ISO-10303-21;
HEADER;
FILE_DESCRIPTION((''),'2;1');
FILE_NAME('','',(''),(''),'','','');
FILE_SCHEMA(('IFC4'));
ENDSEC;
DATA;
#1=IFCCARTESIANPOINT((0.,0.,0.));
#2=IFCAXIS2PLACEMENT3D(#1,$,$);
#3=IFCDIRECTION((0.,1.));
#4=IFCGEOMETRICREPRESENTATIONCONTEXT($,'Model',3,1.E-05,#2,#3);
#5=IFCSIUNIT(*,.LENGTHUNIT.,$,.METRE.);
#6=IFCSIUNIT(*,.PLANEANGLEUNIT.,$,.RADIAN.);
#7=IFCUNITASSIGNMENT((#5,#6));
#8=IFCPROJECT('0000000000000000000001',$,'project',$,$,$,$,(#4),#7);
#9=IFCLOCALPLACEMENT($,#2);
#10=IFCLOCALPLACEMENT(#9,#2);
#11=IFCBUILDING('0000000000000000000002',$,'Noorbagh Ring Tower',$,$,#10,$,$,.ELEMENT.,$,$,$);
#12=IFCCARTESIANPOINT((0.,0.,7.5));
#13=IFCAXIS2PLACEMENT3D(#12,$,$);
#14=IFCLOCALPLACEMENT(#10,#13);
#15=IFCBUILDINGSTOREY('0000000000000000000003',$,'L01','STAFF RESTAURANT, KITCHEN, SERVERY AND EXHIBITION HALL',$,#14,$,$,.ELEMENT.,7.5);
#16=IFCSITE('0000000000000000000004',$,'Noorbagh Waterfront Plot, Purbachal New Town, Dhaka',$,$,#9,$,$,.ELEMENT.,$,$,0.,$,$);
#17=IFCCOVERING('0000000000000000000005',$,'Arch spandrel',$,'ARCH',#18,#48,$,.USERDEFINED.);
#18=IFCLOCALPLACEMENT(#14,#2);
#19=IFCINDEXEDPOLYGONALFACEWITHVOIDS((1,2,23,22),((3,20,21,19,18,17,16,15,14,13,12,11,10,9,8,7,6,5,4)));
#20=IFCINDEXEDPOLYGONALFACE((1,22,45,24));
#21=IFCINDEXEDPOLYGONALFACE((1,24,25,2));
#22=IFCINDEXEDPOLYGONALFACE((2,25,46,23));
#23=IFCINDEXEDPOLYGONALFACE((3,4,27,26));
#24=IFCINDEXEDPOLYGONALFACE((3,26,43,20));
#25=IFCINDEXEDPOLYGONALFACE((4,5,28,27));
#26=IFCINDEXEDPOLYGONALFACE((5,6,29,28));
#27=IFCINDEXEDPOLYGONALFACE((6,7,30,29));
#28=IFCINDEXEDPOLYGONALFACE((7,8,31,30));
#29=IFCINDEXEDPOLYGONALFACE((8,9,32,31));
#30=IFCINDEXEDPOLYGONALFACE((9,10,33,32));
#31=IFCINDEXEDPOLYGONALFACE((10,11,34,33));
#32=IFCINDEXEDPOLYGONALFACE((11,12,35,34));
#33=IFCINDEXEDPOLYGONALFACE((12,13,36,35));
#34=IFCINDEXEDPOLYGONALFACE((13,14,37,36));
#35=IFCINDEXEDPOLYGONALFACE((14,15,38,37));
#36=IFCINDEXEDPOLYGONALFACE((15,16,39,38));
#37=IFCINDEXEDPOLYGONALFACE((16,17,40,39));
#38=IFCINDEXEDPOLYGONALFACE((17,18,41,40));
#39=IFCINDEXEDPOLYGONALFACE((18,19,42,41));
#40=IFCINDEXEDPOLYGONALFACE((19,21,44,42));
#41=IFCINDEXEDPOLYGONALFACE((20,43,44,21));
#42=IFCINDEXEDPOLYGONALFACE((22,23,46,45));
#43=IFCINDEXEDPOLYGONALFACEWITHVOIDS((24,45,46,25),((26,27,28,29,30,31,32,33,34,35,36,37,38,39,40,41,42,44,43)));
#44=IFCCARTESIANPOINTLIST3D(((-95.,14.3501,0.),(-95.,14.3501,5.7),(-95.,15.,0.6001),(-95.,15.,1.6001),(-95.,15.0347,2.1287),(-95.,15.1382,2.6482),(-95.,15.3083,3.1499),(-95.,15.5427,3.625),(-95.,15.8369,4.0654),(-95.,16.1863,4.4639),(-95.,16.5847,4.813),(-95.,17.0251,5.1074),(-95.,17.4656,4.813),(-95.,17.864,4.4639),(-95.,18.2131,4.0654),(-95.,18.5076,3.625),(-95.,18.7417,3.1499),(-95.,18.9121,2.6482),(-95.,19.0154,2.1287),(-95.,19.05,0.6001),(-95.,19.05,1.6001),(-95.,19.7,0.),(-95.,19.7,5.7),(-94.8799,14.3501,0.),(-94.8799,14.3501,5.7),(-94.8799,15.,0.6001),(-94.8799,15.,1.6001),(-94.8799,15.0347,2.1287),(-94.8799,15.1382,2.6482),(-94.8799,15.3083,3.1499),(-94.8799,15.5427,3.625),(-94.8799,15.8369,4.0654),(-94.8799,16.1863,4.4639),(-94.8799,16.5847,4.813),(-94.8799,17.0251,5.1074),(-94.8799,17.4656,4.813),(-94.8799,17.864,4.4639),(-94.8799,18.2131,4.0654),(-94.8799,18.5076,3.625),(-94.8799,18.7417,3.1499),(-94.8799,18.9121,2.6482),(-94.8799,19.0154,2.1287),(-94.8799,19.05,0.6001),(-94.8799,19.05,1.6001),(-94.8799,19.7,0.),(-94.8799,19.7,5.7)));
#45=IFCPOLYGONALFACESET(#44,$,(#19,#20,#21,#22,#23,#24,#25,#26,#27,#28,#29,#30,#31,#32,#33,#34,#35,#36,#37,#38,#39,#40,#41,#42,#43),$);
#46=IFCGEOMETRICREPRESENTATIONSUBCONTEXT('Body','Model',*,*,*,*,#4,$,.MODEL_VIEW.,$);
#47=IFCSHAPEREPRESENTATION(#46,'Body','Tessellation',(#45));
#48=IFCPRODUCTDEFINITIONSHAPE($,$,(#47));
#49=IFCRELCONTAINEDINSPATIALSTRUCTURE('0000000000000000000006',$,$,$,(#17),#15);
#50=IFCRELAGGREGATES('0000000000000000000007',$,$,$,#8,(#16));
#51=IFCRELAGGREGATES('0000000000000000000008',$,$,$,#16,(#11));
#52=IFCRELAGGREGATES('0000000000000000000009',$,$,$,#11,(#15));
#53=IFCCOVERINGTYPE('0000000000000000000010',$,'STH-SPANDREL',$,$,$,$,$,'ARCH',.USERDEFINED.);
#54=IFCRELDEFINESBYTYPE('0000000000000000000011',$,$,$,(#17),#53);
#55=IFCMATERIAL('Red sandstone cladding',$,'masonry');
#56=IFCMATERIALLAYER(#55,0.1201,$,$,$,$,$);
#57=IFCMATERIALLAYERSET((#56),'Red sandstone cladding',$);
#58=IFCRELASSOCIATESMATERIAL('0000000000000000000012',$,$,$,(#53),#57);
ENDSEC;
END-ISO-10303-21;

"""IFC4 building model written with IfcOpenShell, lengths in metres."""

from ifc_helpers import new_model, si_unit, direction, frame, origin, place, context, subcontext, project, spatial, polyline, outline, extrude, material, layer, layer_set, type_object, element, save


model = new_model("IFC4")

# Units and contexts
model_context = context("Model", 3, precision=1e-05, world=origin(), true_north=direction((0.0, 1.0)))
body_context = subcontext(model_context, "Body", "Model", "MODEL_VIEW")
ifc_project = project(units=[si_unit("LENGTHUNIT", "METRE"), si_unit("PLANEANGLEUNIT", "RADIAN")], contexts=[model_context])

# Site, building, storey
site_placement = place(None, origin())
site = spatial("IfcSite", under=ifc_project, at=site_placement, Name="Noorbagh Waterfront Plot, Purbachal New Town, Dhaka", CompositionType="ELEMENT", RefElevation=0.0)
building_placement = place(site_placement, origin())
building = spatial("IfcBuilding", under=site, at=building_placement, Name="Noorbagh Ring Tower", CompositionType="ELEMENT")
storey_placement = place(building_placement, frame((0.0, 0.0, 7.5)))
storey = spatial("IfcBuildingStorey", under=building, at=storey_placement, Name="L01", Description="STAFF RESTAURANT, KITCHEN, SERVERY AND EXHIBITION HALL", CompositionType="ELEMENT", Elevation=7.5)

# Covering
ifc_material_1 = material(Name="Red sandstone cladding", Category="masonry")
ifc_layer_1 = layer(ifc_material_1, 0.1201)
ifc_layer_set_1 = layer_set([ifc_layer_1], Name="Red sandstone cladding")
covering_type_1 = type_object("IfcCoveringType", Name="STH-SPANDREL", ElementType="ARCH", PredefinedType="USERDEFINED", material=ifc_layer_set_1)
covering_1_placement = place(storey_placement, frame((-94.8799, 14.3501, 0.0), z_axis=(1.0, 0.0, 0.0), x_axis=(0.0, 1.0, 0.0)))
element("IfcCovering", 1, at=covering_1_placement, inside=storey, type_object=covering_type_1, Name="Arch spandrel", ObjectType="ARCH", PredefinedType="USERDEFINED", context=body_context, shape_type="SweptSolid", body=[
    extrude(outline(polyline([(0.0, 0.0), (5.3499, 0.0), (5.3499, 5.7), (0.0, 5.7), (0.0, 0.0)]), holes=[polyline([(0.6499, 0.6001), (0.6499, 1.6001), (0.6846, 2.1287), (0.7881, 2.6482), (0.9583, 3.1499), (1.1926, 3.625), (1.4868, 4.0654), (1.8362, 4.4639), (2.2346, 4.813), (2.675, 5.1074), (3.1155, 4.813), (3.5139, 4.4639), (3.863, 4.0654), (4.1575, 3.625), (4.3916, 3.1499), (4.562, 2.6482), (4.6653, 2.1287), (4.7, 1.6001), (4.7, 0.6001), (0.6499, 0.6001)])]), origin(), (0.0, 0.0, -1.0), 0.1201),
])

save(model, "model.ifc")
